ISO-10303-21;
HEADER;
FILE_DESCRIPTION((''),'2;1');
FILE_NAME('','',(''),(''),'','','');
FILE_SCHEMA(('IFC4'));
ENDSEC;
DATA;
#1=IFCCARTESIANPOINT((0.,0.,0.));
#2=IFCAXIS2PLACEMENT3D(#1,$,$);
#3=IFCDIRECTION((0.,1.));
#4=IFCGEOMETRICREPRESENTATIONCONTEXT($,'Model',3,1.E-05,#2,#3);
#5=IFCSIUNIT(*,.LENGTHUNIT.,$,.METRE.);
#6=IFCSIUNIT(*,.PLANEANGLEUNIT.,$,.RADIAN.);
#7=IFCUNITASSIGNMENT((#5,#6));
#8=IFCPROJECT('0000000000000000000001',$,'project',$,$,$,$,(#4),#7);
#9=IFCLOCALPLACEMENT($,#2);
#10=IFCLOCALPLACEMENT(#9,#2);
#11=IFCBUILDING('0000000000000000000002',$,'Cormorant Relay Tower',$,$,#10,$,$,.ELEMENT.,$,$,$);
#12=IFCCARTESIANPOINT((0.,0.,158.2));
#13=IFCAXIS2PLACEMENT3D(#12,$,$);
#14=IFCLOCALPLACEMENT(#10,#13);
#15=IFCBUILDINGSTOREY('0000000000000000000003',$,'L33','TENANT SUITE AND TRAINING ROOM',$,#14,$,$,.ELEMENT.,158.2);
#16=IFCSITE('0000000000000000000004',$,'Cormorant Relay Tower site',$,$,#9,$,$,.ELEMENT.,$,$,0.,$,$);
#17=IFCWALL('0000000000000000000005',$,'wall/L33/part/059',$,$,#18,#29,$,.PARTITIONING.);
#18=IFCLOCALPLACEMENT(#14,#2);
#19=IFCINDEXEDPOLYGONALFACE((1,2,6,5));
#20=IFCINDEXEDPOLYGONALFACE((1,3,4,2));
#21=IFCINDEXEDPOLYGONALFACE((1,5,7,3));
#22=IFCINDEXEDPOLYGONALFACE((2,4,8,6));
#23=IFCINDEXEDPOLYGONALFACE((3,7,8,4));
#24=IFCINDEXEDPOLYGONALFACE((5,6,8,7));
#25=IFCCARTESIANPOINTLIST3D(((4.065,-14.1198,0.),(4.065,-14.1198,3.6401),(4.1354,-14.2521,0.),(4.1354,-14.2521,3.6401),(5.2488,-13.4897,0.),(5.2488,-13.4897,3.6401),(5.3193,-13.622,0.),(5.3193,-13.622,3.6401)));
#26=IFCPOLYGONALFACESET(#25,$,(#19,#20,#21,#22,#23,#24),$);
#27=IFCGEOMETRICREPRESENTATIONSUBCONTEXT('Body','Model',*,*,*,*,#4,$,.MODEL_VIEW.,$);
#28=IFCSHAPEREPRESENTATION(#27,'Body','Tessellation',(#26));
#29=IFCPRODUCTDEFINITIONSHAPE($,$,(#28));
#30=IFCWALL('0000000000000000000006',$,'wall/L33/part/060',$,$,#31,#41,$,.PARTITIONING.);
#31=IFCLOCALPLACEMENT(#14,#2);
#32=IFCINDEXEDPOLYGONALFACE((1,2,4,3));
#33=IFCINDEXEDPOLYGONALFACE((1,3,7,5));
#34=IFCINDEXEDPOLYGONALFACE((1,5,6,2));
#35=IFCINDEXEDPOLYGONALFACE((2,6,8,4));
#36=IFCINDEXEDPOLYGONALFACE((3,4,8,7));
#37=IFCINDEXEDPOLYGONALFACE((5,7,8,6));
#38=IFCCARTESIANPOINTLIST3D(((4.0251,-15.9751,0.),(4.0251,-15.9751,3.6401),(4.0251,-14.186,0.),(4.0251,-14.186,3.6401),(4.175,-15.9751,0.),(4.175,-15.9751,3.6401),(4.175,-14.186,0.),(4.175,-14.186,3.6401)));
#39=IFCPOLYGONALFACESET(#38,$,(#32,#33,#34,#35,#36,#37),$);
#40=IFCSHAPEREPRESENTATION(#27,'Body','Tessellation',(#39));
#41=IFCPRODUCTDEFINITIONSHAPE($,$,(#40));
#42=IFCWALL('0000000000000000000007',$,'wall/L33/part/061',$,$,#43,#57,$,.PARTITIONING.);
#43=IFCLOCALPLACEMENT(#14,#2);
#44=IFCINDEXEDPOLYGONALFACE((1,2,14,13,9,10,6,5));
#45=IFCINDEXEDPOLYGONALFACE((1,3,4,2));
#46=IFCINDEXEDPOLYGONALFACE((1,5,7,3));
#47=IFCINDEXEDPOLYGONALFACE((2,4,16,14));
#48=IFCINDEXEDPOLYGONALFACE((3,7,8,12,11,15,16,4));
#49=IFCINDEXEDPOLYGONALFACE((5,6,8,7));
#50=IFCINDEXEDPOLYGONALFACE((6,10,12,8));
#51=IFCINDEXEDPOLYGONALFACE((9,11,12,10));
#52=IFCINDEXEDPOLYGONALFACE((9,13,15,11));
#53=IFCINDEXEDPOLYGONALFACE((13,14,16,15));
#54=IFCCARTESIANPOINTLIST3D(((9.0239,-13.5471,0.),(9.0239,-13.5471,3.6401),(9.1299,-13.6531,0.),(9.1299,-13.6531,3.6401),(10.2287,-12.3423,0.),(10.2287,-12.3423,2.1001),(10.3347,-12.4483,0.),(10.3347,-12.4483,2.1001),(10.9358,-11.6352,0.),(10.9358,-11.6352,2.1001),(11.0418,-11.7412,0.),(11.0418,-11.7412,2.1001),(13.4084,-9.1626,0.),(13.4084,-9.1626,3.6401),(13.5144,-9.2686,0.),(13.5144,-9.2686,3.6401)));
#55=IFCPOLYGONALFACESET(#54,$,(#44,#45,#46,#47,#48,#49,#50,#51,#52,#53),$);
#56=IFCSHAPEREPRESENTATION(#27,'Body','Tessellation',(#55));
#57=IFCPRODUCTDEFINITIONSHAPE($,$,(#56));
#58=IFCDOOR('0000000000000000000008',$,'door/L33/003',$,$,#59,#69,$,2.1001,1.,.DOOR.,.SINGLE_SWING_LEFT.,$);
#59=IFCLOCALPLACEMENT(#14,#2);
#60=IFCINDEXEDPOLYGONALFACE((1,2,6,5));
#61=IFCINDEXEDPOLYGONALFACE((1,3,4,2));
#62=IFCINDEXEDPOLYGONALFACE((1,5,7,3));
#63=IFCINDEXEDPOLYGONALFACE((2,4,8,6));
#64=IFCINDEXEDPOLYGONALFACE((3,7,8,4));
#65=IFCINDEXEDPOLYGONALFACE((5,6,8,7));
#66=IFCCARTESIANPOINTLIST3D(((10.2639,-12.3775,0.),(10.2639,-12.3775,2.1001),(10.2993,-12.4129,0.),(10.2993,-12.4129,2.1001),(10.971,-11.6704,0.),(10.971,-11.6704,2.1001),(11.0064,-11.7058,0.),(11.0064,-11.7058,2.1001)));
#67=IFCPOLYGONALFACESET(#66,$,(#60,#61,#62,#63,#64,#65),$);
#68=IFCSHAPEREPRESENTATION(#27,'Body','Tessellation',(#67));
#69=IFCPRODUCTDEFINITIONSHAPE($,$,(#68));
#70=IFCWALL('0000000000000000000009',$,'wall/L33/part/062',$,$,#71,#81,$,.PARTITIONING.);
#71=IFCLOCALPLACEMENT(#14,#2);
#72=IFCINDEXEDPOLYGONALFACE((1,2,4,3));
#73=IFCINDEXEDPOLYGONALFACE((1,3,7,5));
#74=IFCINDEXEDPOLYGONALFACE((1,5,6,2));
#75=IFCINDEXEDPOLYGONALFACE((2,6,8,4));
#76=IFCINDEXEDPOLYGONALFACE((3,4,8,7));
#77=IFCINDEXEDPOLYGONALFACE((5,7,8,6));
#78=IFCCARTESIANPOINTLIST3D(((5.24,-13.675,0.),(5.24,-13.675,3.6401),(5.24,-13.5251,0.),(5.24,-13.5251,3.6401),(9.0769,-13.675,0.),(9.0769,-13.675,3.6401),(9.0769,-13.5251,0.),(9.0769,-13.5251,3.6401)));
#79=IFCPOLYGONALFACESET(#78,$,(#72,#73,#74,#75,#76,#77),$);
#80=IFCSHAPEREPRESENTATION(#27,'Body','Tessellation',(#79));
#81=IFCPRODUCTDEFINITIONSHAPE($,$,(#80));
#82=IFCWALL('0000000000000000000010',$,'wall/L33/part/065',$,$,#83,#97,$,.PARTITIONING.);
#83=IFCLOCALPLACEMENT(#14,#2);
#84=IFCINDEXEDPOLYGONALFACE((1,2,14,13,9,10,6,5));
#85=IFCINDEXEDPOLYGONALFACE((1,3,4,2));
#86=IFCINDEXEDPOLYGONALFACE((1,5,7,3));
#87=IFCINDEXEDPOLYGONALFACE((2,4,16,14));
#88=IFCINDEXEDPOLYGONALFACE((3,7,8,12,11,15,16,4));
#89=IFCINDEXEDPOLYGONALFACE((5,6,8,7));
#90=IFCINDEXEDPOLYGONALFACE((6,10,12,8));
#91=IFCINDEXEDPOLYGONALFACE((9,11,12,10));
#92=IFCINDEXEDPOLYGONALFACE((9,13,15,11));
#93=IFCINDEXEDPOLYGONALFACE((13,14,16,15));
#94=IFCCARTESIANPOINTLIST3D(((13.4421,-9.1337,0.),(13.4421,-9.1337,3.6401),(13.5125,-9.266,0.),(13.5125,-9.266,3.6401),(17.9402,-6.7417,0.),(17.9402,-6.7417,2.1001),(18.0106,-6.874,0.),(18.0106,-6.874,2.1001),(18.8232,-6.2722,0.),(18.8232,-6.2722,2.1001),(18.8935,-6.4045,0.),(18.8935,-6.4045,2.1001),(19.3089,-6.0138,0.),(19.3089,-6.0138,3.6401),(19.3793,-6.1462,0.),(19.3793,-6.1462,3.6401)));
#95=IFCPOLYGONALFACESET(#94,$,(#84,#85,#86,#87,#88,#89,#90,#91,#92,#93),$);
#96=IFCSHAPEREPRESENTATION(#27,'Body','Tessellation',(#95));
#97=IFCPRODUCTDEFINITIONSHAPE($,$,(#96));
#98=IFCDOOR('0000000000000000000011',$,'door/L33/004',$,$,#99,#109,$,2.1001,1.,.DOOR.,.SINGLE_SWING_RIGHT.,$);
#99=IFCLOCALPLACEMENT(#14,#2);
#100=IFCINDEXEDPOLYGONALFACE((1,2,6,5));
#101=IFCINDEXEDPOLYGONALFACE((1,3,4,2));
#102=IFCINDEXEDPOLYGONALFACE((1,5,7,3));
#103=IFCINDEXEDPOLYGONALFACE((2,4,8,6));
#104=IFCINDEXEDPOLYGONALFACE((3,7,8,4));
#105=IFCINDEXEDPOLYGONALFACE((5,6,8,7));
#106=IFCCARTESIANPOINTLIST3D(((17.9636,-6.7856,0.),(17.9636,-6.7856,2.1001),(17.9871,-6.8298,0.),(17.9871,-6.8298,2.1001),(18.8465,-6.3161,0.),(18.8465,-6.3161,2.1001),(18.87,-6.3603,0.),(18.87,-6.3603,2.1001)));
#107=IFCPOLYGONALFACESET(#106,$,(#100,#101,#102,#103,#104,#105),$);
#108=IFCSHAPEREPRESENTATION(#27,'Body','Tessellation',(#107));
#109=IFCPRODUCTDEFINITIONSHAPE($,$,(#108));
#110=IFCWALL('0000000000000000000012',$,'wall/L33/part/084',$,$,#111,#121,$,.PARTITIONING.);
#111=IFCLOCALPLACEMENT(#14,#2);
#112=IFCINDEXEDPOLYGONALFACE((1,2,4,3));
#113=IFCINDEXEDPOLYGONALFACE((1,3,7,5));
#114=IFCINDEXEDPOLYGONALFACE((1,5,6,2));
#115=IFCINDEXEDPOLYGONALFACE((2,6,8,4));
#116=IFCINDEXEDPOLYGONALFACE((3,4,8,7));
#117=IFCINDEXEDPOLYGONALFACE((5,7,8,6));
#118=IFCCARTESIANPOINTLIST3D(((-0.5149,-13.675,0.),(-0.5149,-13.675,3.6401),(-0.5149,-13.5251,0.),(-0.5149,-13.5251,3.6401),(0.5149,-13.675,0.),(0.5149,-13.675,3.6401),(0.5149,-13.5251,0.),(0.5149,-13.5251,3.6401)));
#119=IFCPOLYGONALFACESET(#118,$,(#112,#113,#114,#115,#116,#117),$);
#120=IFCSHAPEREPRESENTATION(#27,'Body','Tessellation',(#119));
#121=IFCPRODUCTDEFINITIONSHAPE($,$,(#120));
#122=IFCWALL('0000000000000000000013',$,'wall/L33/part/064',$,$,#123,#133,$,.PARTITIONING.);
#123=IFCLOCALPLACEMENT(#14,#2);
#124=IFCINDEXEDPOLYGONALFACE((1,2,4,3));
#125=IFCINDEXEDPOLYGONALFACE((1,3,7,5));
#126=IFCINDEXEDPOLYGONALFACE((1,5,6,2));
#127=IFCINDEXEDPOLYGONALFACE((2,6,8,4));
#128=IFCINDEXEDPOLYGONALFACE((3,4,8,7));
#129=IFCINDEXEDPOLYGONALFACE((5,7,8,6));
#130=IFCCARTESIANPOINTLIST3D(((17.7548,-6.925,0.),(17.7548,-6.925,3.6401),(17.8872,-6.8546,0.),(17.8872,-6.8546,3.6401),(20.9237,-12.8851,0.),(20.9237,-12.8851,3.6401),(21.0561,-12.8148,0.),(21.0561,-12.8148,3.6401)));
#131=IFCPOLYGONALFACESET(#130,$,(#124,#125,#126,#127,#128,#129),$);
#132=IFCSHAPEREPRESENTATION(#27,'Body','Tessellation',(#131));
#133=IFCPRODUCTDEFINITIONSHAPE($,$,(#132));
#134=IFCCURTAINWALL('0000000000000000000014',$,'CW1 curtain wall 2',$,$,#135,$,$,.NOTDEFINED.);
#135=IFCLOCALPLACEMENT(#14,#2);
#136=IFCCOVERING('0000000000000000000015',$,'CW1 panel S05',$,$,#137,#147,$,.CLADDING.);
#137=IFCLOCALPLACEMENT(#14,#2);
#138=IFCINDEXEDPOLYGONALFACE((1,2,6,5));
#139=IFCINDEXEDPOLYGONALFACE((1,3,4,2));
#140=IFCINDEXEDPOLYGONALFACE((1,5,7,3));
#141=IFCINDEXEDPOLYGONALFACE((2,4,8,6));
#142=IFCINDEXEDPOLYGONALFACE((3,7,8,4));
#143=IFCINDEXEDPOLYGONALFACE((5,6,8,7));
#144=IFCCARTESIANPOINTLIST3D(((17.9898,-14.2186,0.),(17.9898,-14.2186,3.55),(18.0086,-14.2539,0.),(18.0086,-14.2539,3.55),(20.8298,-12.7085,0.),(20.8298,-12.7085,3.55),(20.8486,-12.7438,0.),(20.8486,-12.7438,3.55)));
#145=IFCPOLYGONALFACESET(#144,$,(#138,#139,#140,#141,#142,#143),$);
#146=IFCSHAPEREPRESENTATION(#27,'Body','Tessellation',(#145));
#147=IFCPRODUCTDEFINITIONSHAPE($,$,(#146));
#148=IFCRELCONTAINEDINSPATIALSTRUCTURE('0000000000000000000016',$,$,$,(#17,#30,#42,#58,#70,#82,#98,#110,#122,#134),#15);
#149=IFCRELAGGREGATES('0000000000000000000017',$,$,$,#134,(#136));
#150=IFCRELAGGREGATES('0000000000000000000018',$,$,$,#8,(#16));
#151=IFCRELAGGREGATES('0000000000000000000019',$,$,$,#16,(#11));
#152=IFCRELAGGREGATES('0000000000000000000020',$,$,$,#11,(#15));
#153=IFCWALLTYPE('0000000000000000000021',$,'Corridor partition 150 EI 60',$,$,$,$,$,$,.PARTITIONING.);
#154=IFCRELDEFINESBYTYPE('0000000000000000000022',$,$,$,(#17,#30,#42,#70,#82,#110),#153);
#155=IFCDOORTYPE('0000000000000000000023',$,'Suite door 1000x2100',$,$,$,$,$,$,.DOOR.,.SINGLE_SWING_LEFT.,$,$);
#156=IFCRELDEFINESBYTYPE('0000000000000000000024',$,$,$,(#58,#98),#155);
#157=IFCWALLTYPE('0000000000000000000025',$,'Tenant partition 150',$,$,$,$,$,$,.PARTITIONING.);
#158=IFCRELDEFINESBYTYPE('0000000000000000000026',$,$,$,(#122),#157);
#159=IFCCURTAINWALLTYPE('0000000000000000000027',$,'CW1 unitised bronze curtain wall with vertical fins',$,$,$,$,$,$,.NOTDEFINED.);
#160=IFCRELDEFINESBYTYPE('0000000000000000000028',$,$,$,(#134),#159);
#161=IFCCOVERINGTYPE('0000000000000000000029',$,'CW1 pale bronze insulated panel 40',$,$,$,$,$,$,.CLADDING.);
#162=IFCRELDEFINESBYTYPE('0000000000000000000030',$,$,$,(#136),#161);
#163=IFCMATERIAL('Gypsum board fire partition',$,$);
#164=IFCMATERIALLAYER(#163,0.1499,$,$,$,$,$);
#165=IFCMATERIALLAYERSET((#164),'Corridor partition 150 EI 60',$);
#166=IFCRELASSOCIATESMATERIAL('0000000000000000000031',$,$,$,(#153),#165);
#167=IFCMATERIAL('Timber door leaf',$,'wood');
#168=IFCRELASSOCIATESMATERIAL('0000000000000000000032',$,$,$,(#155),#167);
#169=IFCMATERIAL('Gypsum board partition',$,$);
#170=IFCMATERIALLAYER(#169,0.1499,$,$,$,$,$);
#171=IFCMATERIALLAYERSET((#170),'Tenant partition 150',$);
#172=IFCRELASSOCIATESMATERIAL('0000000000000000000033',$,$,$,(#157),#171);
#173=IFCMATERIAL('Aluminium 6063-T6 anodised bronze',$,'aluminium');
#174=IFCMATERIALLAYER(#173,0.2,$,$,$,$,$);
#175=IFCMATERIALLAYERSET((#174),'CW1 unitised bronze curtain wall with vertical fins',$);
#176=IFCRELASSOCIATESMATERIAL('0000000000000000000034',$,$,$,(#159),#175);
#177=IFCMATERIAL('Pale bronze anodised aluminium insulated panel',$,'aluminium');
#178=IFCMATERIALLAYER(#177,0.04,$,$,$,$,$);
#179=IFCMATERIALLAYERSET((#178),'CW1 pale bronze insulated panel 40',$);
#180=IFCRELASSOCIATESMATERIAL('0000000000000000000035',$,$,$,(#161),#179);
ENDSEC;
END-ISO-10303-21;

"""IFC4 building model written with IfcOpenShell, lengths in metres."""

from ifc_helpers import new_model, si_unit, direction, frame, frame_2d, origin, origin_2d, place, context, subcontext, project, spatial, rectangle, extrude, material, layer, layer_set, type_object, element, fill, aggregate, save


model = new_model("IFC4")

# Units and contexts
model_context = context("Model", 3, precision=1e-05, world=origin(), true_north=direction((0.0, 1.0)))
body_context = subcontext(model_context, "Body", "Model", "MODEL_VIEW")
ifc_project = project(units=[si_unit("LENGTHUNIT", "METRE"), si_unit("PLANEANGLEUNIT", "RADIAN")], contexts=[model_context])

# Site, building, storey
site_placement = place(None, origin())
site = spatial("IfcSite", under=ifc_project, at=site_placement, Name="Cormorant Relay Tower site", CompositionType="ELEMENT", RefElevation=0.0)
building_placement = place(site_placement, origin())
building = spatial("IfcBuilding", under=site, at=building_placement, Name="Cormorant Relay Tower", CompositionType="ELEMENT")
storey_placement = place(building_placement, frame((0.0, 0.0, 158.2)))
storey = spatial("IfcBuildingStorey", under=building, at=storey_placement, Name="L33", Description="TENANT SUITE AND TRAINING ROOM", CompositionType="ELEMENT", Elevation=158.2)

# Walls
ifc_material_1 = material(Name="Gypsum board fire partition")
ifc_layer_1 = layer(ifc_material_1, 0.1499)
ifc_layer_set_1 = layer_set([ifc_layer_1], Name="Corridor partition 150 EI 60")
wall_type_1 = type_object("IfcWallType", Name="Corridor partition 150 EI 60", PredefinedType="PARTITIONING", material=ifc_layer_set_1)
wall_1_placement = place(storey_placement, frame((5.2839, -13.5559, 0.0), z_axis=(0.0, 0.0, 1.0), x_axis=(-0.882741, -0.469861, 0.0)))
element("IfcWall", 1, at=wall_1_placement, inside=storey, type_object=wall_type_1, Name="wall/L33/part/059", PredefinedType="PARTITIONING", context=body_context, shape_type="SweptSolid", body=[
    extrude(rectangle(XDim=1.3411, YDim=0.1499, at=frame_2d((0.6704, 0.0))), origin(), (0.0, 0.0, 1.0), 3.6401),
])
wall_2_placement = place(storey_placement, frame((4.1001, -14.186, 0.0), z_axis=(0.0, 0.0, 1.0), x_axis=(0.0, -1.0, 0.0)))
element("IfcWall", 2, at=wall_2_placement, inside=storey, type_object=wall_type_1, Name="wall/L33/part/060", PredefinedType="PARTITIONING", context=body_context, shape_type="SweptSolid", body=[
    extrude(rectangle(XDim=1.7891, YDim=0.1499, at=frame_2d((0.8945, 0.0))), origin(), (0.0, 0.0, 1.0), 3.6401),
])

# Wall, opening, door
wall_3_placement = place(storey_placement, frame((13.4614, -9.2156, 0.0), z_axis=(0.0, 0.0, 1.0), x_axis=(-0.707107, -0.707107, 0.0)))
wall_3 = element("IfcWall", 3, at=wall_3_placement, inside=storey, type_object=wall_type_1, Name="wall/L33/part/061", PredefinedType="PARTITIONING", context=body_context, shape_type="SweptSolid", body=[
    extrude(rectangle(XDim=6.2007, YDim=0.1499, at=frame_2d((3.1003, 0.0))), origin(), (0.0, 0.0, 1.0), 3.6401),
])
opening_1_placement = place(wall_3_placement, frame((3.4968, 0.0, 0.0)))
opening_1 = element("IfcOpeningElement", 4, at=opening_1_placement, cuts=wall_3, PredefinedType="OPENING", context=body_context, shape_type="SweptSolid", body=[
    extrude(rectangle(XDim=1.0, YDim=2.1001, at=frame_2d((0.5, 1.05))), frame((0.0, 0.085, 0.0), z_axis=(0.0, -1.0, 0.0), x_axis=(1.0, 0.0, 0.0)), (0.0, 0.0, 1.0), 0.1699),
])
ifc_material_2 = material(Name="Timber door leaf", Category="wood")
door_type_1 = type_object("IfcDoorType", Name="Suite door 1000x2100", OperationType="SINGLE_SWING_LEFT", PredefinedType="DOOR", material=ifc_material_2)
door_1_placement = place(opening_1_placement, origin())
door_1 = element("IfcDoor", 5, at=door_1_placement, inside=storey, type_object=door_type_1, Name="door/L33/003", OperationType="SINGLE_SWING_LEFT", OverallHeight=2.1001, OverallWidth=1.0, PredefinedType="DOOR", context=body_context, shape_type="SweptSolid", body=[
    extrude(rectangle(XDim=1.0, YDim=2.1001, at=frame_2d((0.5, 1.05))), frame((0.0, 0.0249, 0.0), z_axis=(0.0, -1.0, 0.0), x_axis=(1.0, 0.0, 0.0)), (0.0, 0.0, 1.0), 0.05),
])
fill(opening_1, door_1)

# Wall
wall_4_placement = place(storey_placement, frame((9.0769, -13.6001, 0.0), z_axis=(0.0, 0.0, 1.0), x_axis=(-1.0, 0.0, 0.0)))
element("IfcWall", 6, at=wall_4_placement, inside=storey, type_object=wall_type_1, Name="wall/L33/part/062", PredefinedType="PARTITIONING", context=body_context, shape_type="SweptSolid", body=[
    extrude(rectangle(XDim=3.8369, YDim=0.1499, at=frame_2d((1.9185, 0.0))), origin(), (0.0, 0.0, 1.0), 3.6401),
])

# Wall, opening, door
wall_5_placement = place(storey_placement, frame((19.344, -6.0801, 0.0), z_axis=(0.0, 0.0, 1.0), x_axis=(-0.882925, -0.469514, 0.0)))
wall_5 = element("IfcWall", 7, at=wall_5_placement, inside=storey, type_object=wall_type_1, Name="wall/L33/part/065", PredefinedType="PARTITIONING", context=body_context, shape_type="SweptSolid", body=[
    extrude(rectangle(XDim=6.6448, YDim=0.1499, at=frame_2d((3.3223, 0.0))), origin(), (0.0, 0.0, 1.0), 3.6401),
])
opening_2_placement = place(wall_5_placement, frame((0.55, 0.0, 0.0)))
opening_2 = element("IfcOpeningElement", 8, at=opening_2_placement, cuts=wall_5, PredefinedType="OPENING", context=body_context, shape_type="SweptSolid", body=[
    extrude(rectangle(XDim=1.0, YDim=2.1001, at=frame_2d((0.5, 1.05))), frame((0.0, 0.085, 0.0), z_axis=(0.0, -1.0, 0.0), x_axis=(1.0, 0.0, 0.0)), (0.0, 0.0, 1.0), 0.1699),
])
door_2_placement = place(opening_2_placement, origin())
door_2 = element("IfcDoor", 9, at=door_2_placement, inside=storey, type_object=door_type_1, Name="door/L33/004", OperationType="SINGLE_SWING_RIGHT", OverallHeight=2.1001, OverallWidth=1.0, PredefinedType="DOOR", context=body_context, shape_type="SweptSolid", body=[
    extrude(rectangle(XDim=1.0, YDim=2.1001, at=frame_2d((0.5, 1.05))), frame((0.0, 0.0249, 0.0), z_axis=(0.0, -1.0, 0.0), x_axis=(1.0, 0.0, 0.0)), (0.0, 0.0, 1.0), 0.05),
])
fill(opening_2, door_2)

# Walls
wall_6_placement = place(storey_placement, frame((0.5149, -13.6001, 0.0), z_axis=(0.0, 0.0, 1.0), x_axis=(-1.0, 0.0, 0.0)))
element("IfcWall", 10, at=wall_6_placement, inside=storey, type_object=wall_type_1, Name="wall/L33/part/084", PredefinedType="PARTITIONING", context=body_context, shape_type="SweptSolid", body=[
    extrude(rectangle(XDim=1.0298, YDim=0.1499, at=frame_2d((0.5149, 0.0))), origin(), (0.0, 0.0, 1.0), 3.6401),
])
ifc_material_3 = material(Name="Gypsum board partition")
ifc_layer_2 = layer(ifc_material_3, 0.1499)
ifc_layer_set_2 = layer_set([ifc_layer_2], Name="Tenant partition 150")
wall_type_2 = type_object("IfcWallType", Name="Tenant partition 150", PredefinedType="PARTITIONING", material=ifc_layer_set_2)
wall_7_placement = place(storey_placement, frame((17.821, -6.8899, 0.0), z_axis=(0.0, 0.0, 1.0), x_axis=(0.469454, -0.882957, 0.0)))
element("IfcWall", 11, at=wall_7_placement, inside=storey, type_object=wall_type_2, Name="wall/L33/part/064", PredefinedType="PARTITIONING", context=body_context, shape_type="SweptSolid", body=[
    extrude(rectangle(XDim=6.7502, YDim=0.1499, at=frame_2d((3.375, 0.0))), origin(), (0.0, 0.0, 1.0), 3.6401),
])

# Curtain wall, covering
ifc_material_4 = material(Name="Aluminium 6063-T6 anodised bronze", Category="aluminium")
ifc_layer_3 = layer(ifc_material_4, 0.2)
ifc_layer_set_3 = layer_set([ifc_layer_3], Name="CW1 unitised bronze curtain wall with vertical fins")
curtain_wall_type = type_object("IfcCurtainWallType", Name="CW1 unitised bronze curtain wall with vertical fins", PredefinedType="NOTDEFINED", material=ifc_layer_set_3)
curtain_wall_placement = place(storey_placement, origin())
curtain_wall = element("IfcCurtainWall", 12, at=curtain_wall_placement, inside=storey, type_object=curtain_wall_type, Name="CW1 curtain wall 2", PredefinedType="NOTDEFINED")
ifc_material_5 = material(Name="Pale bronze anodised aluminium insulated panel", Category="aluminium")
ifc_layer_4 = layer(ifc_material_5, 0.04)
ifc_layer_set_4 = layer_set([ifc_layer_4], Name="CW1 pale bronze insulated panel 40")
covering_type = type_object("IfcCoveringType", Name="CW1 pale bronze insulated panel 40", PredefinedType="CLADDING", material=ifc_layer_set_4)
covering_placement = place(storey_placement, frame((19.4192, -13.4812, 0.0), z_axis=(0.0, 0.0, 1.0), x_axis=(0.882948, 0.469472, 0.0)))
covering = element("IfcCovering", 13, at=covering_placement, type_object=covering_type, Name="CW1 panel S05", PredefinedType="CLADDING", context=body_context, shape_type="SweptSolid", body=[
    extrude(rectangle(XDim=3.2166, YDim=0.04, at=origin_2d()), origin(), (0.0, 0.0, 1.0), 3.55),
])
aggregate(curtain_wall, [covering])

save(model, "model.ifc")
